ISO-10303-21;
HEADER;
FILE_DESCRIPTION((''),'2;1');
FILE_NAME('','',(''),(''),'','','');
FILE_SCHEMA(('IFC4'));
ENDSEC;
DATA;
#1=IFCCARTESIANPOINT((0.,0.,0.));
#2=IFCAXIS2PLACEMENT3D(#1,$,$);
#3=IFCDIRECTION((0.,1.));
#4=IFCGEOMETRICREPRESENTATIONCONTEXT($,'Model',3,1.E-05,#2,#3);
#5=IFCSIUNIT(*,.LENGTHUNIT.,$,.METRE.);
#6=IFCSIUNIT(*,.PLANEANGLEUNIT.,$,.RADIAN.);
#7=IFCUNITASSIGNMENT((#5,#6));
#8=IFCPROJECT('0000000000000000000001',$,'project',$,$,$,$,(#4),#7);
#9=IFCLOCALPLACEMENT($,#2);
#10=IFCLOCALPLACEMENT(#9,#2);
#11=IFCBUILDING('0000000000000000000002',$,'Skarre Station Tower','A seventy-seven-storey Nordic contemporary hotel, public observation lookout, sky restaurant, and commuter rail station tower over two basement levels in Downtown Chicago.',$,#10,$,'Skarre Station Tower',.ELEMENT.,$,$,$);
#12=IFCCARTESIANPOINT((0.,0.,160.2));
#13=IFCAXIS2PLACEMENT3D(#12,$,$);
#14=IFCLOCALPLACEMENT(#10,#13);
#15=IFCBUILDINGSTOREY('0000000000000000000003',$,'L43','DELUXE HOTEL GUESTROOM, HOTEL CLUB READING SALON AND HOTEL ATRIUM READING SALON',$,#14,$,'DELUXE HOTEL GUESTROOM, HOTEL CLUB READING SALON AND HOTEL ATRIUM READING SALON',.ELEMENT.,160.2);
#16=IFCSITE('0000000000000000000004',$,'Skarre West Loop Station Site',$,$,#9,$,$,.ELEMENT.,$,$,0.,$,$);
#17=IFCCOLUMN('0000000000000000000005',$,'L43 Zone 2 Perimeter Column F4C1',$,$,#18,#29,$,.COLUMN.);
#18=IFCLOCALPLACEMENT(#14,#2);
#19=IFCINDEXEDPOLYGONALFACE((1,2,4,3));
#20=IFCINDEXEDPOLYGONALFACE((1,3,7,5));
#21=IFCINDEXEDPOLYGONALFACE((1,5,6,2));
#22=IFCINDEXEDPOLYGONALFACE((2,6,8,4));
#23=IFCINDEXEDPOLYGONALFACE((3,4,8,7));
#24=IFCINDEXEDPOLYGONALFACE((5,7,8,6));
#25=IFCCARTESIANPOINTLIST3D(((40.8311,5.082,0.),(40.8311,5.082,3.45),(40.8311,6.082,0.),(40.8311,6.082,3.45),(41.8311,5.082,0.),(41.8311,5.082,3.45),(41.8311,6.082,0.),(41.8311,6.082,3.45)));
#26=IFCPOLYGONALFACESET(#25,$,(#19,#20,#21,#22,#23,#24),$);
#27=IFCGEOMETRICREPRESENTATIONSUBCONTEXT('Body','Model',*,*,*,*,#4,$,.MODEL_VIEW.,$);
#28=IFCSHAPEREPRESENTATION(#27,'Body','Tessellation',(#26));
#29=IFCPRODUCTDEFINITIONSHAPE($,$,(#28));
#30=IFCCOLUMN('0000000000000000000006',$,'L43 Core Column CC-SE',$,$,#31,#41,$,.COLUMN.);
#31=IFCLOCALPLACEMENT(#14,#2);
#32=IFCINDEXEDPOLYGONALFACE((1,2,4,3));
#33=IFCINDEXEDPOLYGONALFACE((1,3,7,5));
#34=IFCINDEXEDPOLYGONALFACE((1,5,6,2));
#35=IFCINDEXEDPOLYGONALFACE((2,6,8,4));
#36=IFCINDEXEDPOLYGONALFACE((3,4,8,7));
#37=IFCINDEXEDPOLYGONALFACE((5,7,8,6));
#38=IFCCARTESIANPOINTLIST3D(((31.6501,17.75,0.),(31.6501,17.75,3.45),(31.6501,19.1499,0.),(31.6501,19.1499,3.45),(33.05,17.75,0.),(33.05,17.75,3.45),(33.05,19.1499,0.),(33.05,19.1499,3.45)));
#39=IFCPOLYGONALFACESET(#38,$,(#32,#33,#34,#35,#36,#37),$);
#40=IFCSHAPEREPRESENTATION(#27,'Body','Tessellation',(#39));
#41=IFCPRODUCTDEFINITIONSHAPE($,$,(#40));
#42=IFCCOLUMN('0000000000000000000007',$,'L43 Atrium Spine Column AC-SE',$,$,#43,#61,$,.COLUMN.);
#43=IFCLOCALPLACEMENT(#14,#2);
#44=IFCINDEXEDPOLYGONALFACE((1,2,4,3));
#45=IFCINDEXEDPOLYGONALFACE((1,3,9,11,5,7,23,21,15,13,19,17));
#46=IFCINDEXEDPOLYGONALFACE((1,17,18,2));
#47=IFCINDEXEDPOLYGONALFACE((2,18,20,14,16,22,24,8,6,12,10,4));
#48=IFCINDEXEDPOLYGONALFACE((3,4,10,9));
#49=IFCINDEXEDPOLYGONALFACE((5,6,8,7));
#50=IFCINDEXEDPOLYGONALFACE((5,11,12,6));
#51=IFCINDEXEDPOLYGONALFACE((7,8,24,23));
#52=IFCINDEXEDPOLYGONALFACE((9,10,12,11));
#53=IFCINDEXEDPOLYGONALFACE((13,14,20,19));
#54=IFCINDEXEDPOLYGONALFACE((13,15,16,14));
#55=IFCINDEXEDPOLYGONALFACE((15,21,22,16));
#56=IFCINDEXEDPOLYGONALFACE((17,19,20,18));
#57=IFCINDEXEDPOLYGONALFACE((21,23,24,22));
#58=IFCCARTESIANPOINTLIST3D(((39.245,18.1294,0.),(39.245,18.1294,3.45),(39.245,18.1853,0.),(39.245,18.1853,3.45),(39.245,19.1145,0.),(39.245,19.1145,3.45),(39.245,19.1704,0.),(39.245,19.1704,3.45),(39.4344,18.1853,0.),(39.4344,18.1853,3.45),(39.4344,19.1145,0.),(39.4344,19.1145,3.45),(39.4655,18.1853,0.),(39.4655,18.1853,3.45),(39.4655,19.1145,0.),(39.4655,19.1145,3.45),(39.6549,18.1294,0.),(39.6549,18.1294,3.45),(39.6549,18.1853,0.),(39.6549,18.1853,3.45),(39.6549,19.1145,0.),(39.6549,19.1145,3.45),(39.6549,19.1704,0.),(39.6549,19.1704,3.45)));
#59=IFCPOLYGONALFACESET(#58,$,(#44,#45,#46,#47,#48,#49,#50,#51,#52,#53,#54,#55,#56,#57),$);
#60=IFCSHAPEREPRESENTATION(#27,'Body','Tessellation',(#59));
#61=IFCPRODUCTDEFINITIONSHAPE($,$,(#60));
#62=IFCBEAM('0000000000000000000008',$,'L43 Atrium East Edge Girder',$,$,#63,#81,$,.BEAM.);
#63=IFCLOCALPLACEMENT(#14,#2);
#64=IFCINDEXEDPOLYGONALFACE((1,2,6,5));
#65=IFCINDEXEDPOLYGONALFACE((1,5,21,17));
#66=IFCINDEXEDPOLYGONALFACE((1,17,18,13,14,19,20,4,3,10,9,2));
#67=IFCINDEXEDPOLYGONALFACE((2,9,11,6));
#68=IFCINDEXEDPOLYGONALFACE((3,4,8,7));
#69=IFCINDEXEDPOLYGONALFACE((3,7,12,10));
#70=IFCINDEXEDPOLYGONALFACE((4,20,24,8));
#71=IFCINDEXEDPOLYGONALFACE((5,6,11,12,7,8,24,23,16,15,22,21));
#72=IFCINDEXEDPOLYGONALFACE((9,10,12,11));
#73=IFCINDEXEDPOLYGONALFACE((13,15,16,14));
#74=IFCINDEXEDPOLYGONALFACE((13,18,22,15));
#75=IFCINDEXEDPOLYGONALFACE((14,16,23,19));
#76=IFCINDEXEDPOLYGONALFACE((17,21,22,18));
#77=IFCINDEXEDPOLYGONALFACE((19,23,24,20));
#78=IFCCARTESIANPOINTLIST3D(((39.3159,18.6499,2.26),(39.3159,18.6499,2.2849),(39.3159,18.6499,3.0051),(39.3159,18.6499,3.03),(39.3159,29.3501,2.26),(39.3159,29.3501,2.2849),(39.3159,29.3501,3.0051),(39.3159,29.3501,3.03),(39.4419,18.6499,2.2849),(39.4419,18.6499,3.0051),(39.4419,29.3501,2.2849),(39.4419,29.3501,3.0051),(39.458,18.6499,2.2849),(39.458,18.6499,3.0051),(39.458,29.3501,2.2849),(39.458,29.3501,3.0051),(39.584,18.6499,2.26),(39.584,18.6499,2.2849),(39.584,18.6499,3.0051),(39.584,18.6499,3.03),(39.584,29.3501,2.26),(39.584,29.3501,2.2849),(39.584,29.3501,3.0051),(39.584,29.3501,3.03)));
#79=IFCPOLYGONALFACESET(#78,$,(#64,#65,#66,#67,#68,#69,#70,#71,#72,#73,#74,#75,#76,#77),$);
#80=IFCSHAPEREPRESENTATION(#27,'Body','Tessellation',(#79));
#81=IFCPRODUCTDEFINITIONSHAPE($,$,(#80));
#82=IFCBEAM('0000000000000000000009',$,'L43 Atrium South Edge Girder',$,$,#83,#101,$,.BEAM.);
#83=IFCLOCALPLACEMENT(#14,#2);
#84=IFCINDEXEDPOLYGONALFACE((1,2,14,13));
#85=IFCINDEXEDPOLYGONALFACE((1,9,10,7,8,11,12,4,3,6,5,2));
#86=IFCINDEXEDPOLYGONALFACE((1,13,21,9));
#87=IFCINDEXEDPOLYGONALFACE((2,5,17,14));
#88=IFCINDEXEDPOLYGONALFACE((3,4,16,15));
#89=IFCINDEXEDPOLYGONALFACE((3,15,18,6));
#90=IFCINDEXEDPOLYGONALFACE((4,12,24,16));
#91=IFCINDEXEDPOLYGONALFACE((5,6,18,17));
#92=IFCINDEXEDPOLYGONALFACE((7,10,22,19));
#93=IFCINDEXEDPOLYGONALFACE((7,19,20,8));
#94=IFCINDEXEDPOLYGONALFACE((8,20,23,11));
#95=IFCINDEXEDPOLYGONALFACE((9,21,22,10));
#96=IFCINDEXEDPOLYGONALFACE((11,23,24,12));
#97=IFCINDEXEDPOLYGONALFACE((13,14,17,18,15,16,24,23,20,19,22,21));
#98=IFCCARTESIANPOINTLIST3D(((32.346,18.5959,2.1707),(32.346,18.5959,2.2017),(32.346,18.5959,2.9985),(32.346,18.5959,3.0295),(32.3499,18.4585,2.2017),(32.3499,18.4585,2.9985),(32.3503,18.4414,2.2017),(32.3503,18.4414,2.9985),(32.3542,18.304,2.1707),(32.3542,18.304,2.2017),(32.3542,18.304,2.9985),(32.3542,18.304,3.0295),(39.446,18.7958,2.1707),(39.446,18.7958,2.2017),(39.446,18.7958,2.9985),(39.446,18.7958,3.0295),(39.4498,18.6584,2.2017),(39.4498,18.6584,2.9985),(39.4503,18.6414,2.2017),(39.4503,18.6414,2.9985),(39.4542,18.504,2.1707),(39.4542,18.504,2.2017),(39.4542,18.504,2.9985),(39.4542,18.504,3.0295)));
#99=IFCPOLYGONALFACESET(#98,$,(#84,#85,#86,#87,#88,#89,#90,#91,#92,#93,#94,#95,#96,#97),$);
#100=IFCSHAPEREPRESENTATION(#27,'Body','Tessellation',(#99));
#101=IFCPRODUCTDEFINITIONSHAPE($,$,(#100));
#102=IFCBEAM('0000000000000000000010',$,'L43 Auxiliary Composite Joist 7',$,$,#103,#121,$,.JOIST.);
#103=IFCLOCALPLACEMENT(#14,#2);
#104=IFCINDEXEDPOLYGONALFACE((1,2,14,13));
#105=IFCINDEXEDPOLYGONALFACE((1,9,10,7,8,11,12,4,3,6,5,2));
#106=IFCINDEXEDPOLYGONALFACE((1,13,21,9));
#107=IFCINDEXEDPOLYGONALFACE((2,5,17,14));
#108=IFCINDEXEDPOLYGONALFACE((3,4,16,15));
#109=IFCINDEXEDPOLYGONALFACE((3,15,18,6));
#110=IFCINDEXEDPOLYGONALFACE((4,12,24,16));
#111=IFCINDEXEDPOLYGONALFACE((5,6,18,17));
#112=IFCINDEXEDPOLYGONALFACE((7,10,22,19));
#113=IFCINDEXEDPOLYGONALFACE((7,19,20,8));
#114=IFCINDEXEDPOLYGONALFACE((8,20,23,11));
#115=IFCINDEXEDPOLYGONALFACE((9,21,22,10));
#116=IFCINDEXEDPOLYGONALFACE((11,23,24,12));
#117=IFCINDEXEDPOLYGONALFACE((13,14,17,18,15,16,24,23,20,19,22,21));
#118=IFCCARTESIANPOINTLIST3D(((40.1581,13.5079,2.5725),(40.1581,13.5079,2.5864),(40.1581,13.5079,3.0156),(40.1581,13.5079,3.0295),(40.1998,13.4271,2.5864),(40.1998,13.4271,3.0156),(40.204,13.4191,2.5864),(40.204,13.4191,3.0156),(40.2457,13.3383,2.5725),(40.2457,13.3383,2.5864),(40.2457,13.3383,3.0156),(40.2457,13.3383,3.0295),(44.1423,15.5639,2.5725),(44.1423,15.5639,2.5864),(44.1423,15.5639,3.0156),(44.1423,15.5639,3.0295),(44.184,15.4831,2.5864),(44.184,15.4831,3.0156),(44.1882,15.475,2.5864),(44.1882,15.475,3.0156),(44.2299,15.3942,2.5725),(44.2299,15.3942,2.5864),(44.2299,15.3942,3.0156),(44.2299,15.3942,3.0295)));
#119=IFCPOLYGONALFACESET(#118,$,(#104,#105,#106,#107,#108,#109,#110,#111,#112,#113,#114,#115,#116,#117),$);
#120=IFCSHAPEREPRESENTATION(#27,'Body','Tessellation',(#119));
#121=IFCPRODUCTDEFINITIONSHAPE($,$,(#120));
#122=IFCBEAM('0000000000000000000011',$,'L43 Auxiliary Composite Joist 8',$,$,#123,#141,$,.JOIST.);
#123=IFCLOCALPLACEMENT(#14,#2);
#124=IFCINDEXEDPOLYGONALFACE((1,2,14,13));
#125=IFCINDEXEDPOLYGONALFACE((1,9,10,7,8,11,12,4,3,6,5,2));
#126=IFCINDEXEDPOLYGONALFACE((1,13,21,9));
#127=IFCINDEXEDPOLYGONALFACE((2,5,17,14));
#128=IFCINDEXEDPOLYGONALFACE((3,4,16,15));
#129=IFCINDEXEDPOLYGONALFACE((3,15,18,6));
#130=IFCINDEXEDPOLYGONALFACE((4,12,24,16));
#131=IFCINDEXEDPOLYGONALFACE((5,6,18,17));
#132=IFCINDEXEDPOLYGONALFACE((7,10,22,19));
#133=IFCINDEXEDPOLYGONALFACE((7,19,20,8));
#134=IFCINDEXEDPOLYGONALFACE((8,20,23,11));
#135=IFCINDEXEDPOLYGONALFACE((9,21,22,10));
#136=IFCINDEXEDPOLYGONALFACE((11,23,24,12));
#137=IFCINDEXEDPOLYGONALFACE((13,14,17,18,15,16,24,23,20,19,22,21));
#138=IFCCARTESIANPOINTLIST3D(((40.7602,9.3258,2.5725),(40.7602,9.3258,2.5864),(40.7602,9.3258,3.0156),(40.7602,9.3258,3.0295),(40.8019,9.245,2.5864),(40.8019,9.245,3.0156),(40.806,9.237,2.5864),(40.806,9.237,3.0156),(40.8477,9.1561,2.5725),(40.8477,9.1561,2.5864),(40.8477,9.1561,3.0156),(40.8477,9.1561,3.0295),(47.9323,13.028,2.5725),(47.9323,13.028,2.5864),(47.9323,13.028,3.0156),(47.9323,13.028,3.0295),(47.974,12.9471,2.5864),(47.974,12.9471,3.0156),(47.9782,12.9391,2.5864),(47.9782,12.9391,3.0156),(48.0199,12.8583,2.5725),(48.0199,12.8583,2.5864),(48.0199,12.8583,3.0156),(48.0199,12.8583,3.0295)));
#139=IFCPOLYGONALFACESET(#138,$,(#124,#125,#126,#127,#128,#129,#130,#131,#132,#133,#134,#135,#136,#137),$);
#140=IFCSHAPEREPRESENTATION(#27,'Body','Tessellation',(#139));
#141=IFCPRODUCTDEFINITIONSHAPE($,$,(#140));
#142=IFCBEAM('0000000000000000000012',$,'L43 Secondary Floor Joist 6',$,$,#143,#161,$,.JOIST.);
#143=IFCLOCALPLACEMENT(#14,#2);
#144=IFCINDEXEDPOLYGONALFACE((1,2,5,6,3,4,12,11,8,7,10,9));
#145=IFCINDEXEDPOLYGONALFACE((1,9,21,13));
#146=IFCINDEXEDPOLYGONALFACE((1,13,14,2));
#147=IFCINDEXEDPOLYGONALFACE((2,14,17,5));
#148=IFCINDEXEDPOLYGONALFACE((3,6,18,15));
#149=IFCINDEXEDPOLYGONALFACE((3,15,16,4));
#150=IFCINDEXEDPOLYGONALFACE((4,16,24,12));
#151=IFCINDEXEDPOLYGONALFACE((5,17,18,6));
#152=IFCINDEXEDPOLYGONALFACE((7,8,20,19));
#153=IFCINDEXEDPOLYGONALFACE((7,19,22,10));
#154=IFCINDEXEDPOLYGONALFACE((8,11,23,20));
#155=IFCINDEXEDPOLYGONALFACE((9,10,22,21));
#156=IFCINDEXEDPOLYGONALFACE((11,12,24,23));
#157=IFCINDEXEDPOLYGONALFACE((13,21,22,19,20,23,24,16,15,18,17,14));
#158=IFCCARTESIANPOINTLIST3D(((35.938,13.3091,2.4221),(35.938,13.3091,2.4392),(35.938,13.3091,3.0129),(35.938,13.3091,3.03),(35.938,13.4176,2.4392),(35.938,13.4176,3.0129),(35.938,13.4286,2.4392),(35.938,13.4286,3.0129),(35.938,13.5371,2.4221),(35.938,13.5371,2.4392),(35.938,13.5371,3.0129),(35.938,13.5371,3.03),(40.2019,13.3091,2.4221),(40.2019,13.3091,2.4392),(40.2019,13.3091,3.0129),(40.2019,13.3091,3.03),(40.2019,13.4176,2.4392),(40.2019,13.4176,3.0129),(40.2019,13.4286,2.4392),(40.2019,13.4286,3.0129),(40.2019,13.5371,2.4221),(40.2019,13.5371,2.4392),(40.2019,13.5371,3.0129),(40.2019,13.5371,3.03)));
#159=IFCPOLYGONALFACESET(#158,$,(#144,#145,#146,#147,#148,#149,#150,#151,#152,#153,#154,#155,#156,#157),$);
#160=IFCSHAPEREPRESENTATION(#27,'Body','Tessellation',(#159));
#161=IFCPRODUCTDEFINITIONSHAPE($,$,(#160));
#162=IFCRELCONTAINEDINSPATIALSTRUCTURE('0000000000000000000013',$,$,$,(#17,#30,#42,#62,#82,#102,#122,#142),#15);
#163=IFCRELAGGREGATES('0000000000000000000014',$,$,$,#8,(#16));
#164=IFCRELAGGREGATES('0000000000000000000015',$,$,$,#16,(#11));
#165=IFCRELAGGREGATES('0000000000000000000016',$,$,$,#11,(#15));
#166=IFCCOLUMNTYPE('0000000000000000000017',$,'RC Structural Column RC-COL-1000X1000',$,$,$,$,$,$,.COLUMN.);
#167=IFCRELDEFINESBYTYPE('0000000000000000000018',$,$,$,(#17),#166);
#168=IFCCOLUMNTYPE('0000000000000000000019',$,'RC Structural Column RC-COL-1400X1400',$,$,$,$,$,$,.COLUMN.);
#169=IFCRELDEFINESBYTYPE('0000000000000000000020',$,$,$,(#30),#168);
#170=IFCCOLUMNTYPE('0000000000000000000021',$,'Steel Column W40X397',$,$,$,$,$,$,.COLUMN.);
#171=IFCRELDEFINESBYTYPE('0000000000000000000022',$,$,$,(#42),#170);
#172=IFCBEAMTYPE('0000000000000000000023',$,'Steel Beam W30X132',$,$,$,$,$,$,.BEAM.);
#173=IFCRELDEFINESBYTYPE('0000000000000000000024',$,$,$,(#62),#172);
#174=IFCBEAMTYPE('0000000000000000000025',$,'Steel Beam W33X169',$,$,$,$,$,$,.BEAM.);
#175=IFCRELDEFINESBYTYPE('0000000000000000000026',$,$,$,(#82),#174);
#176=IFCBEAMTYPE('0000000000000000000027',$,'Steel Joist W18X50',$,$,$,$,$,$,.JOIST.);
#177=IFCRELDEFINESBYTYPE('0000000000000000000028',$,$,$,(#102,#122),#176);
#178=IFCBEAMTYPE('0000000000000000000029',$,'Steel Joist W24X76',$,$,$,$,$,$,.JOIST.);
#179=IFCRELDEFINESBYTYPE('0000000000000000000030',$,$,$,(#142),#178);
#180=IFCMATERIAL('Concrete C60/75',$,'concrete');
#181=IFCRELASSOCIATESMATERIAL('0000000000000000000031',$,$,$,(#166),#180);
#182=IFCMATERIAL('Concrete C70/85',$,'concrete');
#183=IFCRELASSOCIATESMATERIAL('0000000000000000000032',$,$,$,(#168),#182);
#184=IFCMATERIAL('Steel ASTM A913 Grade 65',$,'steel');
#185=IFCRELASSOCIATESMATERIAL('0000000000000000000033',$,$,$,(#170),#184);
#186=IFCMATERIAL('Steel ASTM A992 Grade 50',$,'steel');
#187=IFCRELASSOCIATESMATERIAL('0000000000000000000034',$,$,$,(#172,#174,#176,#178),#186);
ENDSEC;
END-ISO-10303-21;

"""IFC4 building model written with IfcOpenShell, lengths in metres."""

from ifc_helpers import new_model, si_unit, direction, frame, origin, origin_2d, place, context, subcontext, project, spatial, rectangle, i_section, extrude, material, material_profile, profile_set, type_object, element, save


model = new_model("IFC4")

# Units and contexts
model_context = context("Model", 3, precision=1e-05, world=origin(), true_north=direction((0.0, 1.0)))
body_context = subcontext(model_context, "Body", "Model", "MODEL_VIEW")
ifc_project = project(units=[si_unit("LENGTHUNIT", "METRE"), si_unit("PLANEANGLEUNIT", "RADIAN")], contexts=[model_context])

# Site, building, storey
site_placement = place(None, origin())
site = spatial("IfcSite", under=ifc_project, at=site_placement, Name="Skarre West Loop Station Site", CompositionType="ELEMENT", RefElevation=0.0)
building_placement = place(site_placement, origin())
building = spatial("IfcBuilding", under=site, at=building_placement, Name="Skarre Station Tower", Description="A seventy-seven-storey Nordic contemporary hotel, public observation lookout, sky restaurant, and commuter rail station tower over two basement levels in Downtown Chicago.", LongName="Skarre Station Tower", CompositionType="ELEMENT")
storey_placement = place(building_placement, frame((0.0, 0.0, 160.2)))
storey = spatial("IfcBuildingStorey", under=building, at=storey_placement, Name="L43", Description="DELUXE HOTEL GUESTROOM, HOTEL CLUB READING SALON AND HOTEL ATRIUM READING SALON", LongName="DELUXE HOTEL GUESTROOM, HOTEL CLUB READING SALON AND HOTEL ATRIUM READING SALON", CompositionType="ELEMENT", Elevation=160.2)

# Columns
ifc_material_1 = material(Name="Concrete C60/75", Category="concrete")
ifc_material_profile_1 = material_profile(ifc_material_1, rectangle(XDim=1.0, YDim=1.0, at=origin_2d()), Name="Concrete C60/75")
ifc_profile_set_1 = profile_set([ifc_material_profile_1], Name="Concrete C60/75")
column_type_1 = type_object("IfcColumnType", Name="RC Structural Column RC-COL-1000X1000", PredefinedType="COLUMN", material=ifc_profile_set_1)
column_1_placement = place(storey_placement, frame((41.3311, 5.582, 0.0), z_axis=(0.0, 0.0, 1.0), x_axis=(1.0, 0.0, 0.0)))
element("IfcColumn", 1, at=column_1_placement, inside=storey, type_object=column_type_1, Name="L43 Zone 2 Perimeter Column F4C1", PredefinedType="COLUMN", context=body_context, shape_type="SweptSolid", body=[
    extrude(rectangle(XDim=1.0, YDim=1.0, at=origin_2d()), origin(), (0.0, 0.0, 1.0), 3.45),
])
ifc_material_2 = material(Name="Concrete C70/85", Category="concrete")
ifc_material_profile_2 = material_profile(ifc_material_2, rectangle(XDim=1.3999, YDim=1.3999, at=origin_2d()), Name="Concrete C70/85")
ifc_profile_set_2 = profile_set([ifc_material_profile_2], Name="Concrete C70/85")
column_type_2 = type_object("IfcColumnType", Name="RC Structural Column RC-COL-1400X1400", PredefinedType="COLUMN", material=ifc_profile_set_2)
column_2_placement = place(storey_placement, frame((32.3501, 18.45, 0.0), z_axis=(0.0, 0.0, 1.0), x_axis=(1.0, 0.0, 0.0)))
element("IfcColumn", 2, at=column_2_placement, inside=storey, type_object=column_type_2, Name="L43 Core Column CC-SE", PredefinedType="COLUMN", context=body_context, shape_type="SweptSolid", body=[
    extrude(rectangle(XDim=1.3999, YDim=1.3999, at=origin_2d()), origin(), (0.0, 0.0, 1.0), 3.45),
])
ifc_material_3 = material(Name="Steel ASTM A913 Grade 65", Category="steel")
ifc_material_profile_3 = material_profile(ifc_material_3, i_section(OverallWidth=0.4099, OverallDepth=1.041, WebThickness=0.031, FlangeThickness=0.0559, at=origin_2d()), Name="Steel ASTM A913 Grade 65")
ifc_profile_set_3 = profile_set([ifc_material_profile_3], Name="Steel ASTM A913 Grade 65")
column_type_3 = type_object("IfcColumnType", Name="Steel Column W40X397", PredefinedType="COLUMN", material=ifc_profile_set_3)
column_3_placement = place(storey_placement, frame((39.45, 18.6499, 0.0), z_axis=(0.0, 0.0, 1.0), x_axis=(1.0, 0.0, 0.0)))
element("IfcColumn", 3, at=column_3_placement, inside=storey, type_object=column_type_3, Name="L43 Atrium Spine Column AC-SE", PredefinedType="COLUMN", context=body_context, shape_type="SweptSolid", body=[
    extrude(i_section(OverallWidth=0.4099, OverallDepth=1.041, WebThickness=0.031, FlangeThickness=0.0559, at=origin_2d()), origin(), (0.0, 0.0, 1.0), 3.45),
])

# Beams
ifc_material_4 = material(Name="Steel ASTM A992 Grade 50", Category="steel")
ifc_material_profile_4 = material_profile(ifc_material_4, i_section(OverallWidth=0.2681, OverallDepth=0.77, WebThickness=0.0161, FlangeThickness=0.0249, at=origin_2d()), Name="Steel ASTM A992 Grade 50")
ifc_profile_set_4 = profile_set([ifc_material_profile_4], Name="Steel ASTM A992 Grade 50")
beam_type_1 = type_object("IfcBeamType", Name="Steel Beam W30X132", PredefinedType="BEAM", material=ifc_profile_set_4)
beam_1_placement = place(storey_placement, frame((39.45, 18.6499, 2.645), z_axis=(0.0, 1.0, 0.0), x_axis=(-1.0, 0.0, 0.0)))
element("IfcBeam", 4, at=beam_1_placement, inside=storey, type_object=beam_type_1, Name="L43 Atrium East Edge Girder", PredefinedType="BEAM", context=body_context, shape_type="SweptSolid", body=[
    extrude(i_section(OverallWidth=0.2681, OverallDepth=0.77, WebThickness=0.0161, FlangeThickness=0.0249, at=origin_2d()), origin(), (0.0, 0.0, 1.0), 10.7002),
])
ifc_material_profile_5 = material_profile(ifc_material_4, i_section(OverallWidth=0.292, OverallDepth=0.8589, WebThickness=0.0171, FlangeThickness=0.031, at=origin_2d()), Name="Steel ASTM A992 Grade 50")
ifc_profile_set_5 = profile_set([ifc_material_profile_5], Name="Steel ASTM A992 Grade 50")
beam_type_2 = type_object("IfcBeamType", Name="Steel Beam W33X169", PredefinedType="BEAM", material=ifc_profile_set_5)
beam_2_placement = place(storey_placement, frame((32.3501, 18.45, 2.6001), z_axis=(0.999604, 0.028152, 0.0), x_axis=(-0.028152, 0.999604, 0.0)))
element("IfcBeam", 5, at=beam_2_placement, inside=storey, type_object=beam_type_2, Name="L43 Atrium South Edge Girder", PredefinedType="BEAM", context=body_context, shape_type="SweptSolid", body=[
    extrude(i_section(OverallWidth=0.292, OverallDepth=0.8589, WebThickness=0.0171, FlangeThickness=0.031, at=origin_2d()), origin(), (0.0, 0.0, 1.0), 7.1028),
])
ifc_material_profile_6 = material_profile(ifc_material_4, i_section(OverallWidth=0.1909, OverallDepth=0.457, WebThickness=0.009, FlangeThickness=0.0139, at=origin_2d()), Name="Steel ASTM A992 Grade 50")
ifc_profile_set_6 = profile_set([ifc_material_profile_6], Name="Steel ASTM A992 Grade 50")
beam_type_3 = type_object("IfcBeamType", Name="Steel Joist W18X50", PredefinedType="JOIST", material=ifc_profile_set_6)
beam_3_placement = place(storey_placement, frame((40.2019, 13.4231, 2.801), z_axis=(0.888659, 0.458569, 0.0), x_axis=(-0.458569, 0.888659, 0.0)))
element("IfcBeam", 6, at=beam_3_placement, inside=storey, type_object=beam_type_3, Name="L43 Auxiliary Composite Joist 7", PredefinedType="JOIST", context=body_context, shape_type="SweptSolid", body=[
    extrude(i_section(OverallWidth=0.1909, OverallDepth=0.457, WebThickness=0.009, FlangeThickness=0.0139, at=origin_2d()), origin(), (0.0, 0.0, 1.0), 4.4834),
])
beam_4_placement = place(storey_placement, frame((40.804, 9.241, 2.801), z_axis=(0.8886, 0.458683, 0.0), x_axis=(-0.458683, 0.8886, 0.0)))
element("IfcBeam", 7, at=beam_4_placement, inside=storey, type_object=beam_type_3, Name="L43 Auxiliary Composite Joist 8", PredefinedType="JOIST", context=body_context, shape_type="SweptSolid", body=[
    extrude(i_section(OverallWidth=0.1909, OverallDepth=0.457, WebThickness=0.009, FlangeThickness=0.0139, at=origin_2d()), origin(), (0.0, 0.0, 1.0), 8.0713),
])
ifc_material_profile_7 = material_profile(ifc_material_4, i_section(OverallWidth=0.228, OverallDepth=0.6079, WebThickness=0.011, FlangeThickness=0.0171, at=origin_2d()), Name="Steel ASTM A992 Grade 50")
ifc_profile_set_7 = profile_set([ifc_material_profile_7], Name="Steel ASTM A992 Grade 50")
beam_type_4 = type_object("IfcBeamType", Name="Steel Joist W24X76", PredefinedType="JOIST", material=ifc_profile_set_7)
beam_5_placement = place(storey_placement, frame((35.938, 13.4231, 2.7261), z_axis=(1.0, 0.0, 0.0), x_axis=(0.0, 1.0, 0.0)))
element("IfcBeam", 8, at=beam_5_placement, inside=storey, type_object=beam_type_4, Name="L43 Secondary Floor Joist 6", PredefinedType="JOIST", context=body_context, shape_type="SweptSolid", body=[
    extrude(i_section(OverallWidth=0.228, OverallDepth=0.6079, WebThickness=0.011, FlangeThickness=0.0171, at=origin_2d()), origin(), (0.0, 0.0, 1.0), 4.2639),
])

save(model, "model.ifc")
